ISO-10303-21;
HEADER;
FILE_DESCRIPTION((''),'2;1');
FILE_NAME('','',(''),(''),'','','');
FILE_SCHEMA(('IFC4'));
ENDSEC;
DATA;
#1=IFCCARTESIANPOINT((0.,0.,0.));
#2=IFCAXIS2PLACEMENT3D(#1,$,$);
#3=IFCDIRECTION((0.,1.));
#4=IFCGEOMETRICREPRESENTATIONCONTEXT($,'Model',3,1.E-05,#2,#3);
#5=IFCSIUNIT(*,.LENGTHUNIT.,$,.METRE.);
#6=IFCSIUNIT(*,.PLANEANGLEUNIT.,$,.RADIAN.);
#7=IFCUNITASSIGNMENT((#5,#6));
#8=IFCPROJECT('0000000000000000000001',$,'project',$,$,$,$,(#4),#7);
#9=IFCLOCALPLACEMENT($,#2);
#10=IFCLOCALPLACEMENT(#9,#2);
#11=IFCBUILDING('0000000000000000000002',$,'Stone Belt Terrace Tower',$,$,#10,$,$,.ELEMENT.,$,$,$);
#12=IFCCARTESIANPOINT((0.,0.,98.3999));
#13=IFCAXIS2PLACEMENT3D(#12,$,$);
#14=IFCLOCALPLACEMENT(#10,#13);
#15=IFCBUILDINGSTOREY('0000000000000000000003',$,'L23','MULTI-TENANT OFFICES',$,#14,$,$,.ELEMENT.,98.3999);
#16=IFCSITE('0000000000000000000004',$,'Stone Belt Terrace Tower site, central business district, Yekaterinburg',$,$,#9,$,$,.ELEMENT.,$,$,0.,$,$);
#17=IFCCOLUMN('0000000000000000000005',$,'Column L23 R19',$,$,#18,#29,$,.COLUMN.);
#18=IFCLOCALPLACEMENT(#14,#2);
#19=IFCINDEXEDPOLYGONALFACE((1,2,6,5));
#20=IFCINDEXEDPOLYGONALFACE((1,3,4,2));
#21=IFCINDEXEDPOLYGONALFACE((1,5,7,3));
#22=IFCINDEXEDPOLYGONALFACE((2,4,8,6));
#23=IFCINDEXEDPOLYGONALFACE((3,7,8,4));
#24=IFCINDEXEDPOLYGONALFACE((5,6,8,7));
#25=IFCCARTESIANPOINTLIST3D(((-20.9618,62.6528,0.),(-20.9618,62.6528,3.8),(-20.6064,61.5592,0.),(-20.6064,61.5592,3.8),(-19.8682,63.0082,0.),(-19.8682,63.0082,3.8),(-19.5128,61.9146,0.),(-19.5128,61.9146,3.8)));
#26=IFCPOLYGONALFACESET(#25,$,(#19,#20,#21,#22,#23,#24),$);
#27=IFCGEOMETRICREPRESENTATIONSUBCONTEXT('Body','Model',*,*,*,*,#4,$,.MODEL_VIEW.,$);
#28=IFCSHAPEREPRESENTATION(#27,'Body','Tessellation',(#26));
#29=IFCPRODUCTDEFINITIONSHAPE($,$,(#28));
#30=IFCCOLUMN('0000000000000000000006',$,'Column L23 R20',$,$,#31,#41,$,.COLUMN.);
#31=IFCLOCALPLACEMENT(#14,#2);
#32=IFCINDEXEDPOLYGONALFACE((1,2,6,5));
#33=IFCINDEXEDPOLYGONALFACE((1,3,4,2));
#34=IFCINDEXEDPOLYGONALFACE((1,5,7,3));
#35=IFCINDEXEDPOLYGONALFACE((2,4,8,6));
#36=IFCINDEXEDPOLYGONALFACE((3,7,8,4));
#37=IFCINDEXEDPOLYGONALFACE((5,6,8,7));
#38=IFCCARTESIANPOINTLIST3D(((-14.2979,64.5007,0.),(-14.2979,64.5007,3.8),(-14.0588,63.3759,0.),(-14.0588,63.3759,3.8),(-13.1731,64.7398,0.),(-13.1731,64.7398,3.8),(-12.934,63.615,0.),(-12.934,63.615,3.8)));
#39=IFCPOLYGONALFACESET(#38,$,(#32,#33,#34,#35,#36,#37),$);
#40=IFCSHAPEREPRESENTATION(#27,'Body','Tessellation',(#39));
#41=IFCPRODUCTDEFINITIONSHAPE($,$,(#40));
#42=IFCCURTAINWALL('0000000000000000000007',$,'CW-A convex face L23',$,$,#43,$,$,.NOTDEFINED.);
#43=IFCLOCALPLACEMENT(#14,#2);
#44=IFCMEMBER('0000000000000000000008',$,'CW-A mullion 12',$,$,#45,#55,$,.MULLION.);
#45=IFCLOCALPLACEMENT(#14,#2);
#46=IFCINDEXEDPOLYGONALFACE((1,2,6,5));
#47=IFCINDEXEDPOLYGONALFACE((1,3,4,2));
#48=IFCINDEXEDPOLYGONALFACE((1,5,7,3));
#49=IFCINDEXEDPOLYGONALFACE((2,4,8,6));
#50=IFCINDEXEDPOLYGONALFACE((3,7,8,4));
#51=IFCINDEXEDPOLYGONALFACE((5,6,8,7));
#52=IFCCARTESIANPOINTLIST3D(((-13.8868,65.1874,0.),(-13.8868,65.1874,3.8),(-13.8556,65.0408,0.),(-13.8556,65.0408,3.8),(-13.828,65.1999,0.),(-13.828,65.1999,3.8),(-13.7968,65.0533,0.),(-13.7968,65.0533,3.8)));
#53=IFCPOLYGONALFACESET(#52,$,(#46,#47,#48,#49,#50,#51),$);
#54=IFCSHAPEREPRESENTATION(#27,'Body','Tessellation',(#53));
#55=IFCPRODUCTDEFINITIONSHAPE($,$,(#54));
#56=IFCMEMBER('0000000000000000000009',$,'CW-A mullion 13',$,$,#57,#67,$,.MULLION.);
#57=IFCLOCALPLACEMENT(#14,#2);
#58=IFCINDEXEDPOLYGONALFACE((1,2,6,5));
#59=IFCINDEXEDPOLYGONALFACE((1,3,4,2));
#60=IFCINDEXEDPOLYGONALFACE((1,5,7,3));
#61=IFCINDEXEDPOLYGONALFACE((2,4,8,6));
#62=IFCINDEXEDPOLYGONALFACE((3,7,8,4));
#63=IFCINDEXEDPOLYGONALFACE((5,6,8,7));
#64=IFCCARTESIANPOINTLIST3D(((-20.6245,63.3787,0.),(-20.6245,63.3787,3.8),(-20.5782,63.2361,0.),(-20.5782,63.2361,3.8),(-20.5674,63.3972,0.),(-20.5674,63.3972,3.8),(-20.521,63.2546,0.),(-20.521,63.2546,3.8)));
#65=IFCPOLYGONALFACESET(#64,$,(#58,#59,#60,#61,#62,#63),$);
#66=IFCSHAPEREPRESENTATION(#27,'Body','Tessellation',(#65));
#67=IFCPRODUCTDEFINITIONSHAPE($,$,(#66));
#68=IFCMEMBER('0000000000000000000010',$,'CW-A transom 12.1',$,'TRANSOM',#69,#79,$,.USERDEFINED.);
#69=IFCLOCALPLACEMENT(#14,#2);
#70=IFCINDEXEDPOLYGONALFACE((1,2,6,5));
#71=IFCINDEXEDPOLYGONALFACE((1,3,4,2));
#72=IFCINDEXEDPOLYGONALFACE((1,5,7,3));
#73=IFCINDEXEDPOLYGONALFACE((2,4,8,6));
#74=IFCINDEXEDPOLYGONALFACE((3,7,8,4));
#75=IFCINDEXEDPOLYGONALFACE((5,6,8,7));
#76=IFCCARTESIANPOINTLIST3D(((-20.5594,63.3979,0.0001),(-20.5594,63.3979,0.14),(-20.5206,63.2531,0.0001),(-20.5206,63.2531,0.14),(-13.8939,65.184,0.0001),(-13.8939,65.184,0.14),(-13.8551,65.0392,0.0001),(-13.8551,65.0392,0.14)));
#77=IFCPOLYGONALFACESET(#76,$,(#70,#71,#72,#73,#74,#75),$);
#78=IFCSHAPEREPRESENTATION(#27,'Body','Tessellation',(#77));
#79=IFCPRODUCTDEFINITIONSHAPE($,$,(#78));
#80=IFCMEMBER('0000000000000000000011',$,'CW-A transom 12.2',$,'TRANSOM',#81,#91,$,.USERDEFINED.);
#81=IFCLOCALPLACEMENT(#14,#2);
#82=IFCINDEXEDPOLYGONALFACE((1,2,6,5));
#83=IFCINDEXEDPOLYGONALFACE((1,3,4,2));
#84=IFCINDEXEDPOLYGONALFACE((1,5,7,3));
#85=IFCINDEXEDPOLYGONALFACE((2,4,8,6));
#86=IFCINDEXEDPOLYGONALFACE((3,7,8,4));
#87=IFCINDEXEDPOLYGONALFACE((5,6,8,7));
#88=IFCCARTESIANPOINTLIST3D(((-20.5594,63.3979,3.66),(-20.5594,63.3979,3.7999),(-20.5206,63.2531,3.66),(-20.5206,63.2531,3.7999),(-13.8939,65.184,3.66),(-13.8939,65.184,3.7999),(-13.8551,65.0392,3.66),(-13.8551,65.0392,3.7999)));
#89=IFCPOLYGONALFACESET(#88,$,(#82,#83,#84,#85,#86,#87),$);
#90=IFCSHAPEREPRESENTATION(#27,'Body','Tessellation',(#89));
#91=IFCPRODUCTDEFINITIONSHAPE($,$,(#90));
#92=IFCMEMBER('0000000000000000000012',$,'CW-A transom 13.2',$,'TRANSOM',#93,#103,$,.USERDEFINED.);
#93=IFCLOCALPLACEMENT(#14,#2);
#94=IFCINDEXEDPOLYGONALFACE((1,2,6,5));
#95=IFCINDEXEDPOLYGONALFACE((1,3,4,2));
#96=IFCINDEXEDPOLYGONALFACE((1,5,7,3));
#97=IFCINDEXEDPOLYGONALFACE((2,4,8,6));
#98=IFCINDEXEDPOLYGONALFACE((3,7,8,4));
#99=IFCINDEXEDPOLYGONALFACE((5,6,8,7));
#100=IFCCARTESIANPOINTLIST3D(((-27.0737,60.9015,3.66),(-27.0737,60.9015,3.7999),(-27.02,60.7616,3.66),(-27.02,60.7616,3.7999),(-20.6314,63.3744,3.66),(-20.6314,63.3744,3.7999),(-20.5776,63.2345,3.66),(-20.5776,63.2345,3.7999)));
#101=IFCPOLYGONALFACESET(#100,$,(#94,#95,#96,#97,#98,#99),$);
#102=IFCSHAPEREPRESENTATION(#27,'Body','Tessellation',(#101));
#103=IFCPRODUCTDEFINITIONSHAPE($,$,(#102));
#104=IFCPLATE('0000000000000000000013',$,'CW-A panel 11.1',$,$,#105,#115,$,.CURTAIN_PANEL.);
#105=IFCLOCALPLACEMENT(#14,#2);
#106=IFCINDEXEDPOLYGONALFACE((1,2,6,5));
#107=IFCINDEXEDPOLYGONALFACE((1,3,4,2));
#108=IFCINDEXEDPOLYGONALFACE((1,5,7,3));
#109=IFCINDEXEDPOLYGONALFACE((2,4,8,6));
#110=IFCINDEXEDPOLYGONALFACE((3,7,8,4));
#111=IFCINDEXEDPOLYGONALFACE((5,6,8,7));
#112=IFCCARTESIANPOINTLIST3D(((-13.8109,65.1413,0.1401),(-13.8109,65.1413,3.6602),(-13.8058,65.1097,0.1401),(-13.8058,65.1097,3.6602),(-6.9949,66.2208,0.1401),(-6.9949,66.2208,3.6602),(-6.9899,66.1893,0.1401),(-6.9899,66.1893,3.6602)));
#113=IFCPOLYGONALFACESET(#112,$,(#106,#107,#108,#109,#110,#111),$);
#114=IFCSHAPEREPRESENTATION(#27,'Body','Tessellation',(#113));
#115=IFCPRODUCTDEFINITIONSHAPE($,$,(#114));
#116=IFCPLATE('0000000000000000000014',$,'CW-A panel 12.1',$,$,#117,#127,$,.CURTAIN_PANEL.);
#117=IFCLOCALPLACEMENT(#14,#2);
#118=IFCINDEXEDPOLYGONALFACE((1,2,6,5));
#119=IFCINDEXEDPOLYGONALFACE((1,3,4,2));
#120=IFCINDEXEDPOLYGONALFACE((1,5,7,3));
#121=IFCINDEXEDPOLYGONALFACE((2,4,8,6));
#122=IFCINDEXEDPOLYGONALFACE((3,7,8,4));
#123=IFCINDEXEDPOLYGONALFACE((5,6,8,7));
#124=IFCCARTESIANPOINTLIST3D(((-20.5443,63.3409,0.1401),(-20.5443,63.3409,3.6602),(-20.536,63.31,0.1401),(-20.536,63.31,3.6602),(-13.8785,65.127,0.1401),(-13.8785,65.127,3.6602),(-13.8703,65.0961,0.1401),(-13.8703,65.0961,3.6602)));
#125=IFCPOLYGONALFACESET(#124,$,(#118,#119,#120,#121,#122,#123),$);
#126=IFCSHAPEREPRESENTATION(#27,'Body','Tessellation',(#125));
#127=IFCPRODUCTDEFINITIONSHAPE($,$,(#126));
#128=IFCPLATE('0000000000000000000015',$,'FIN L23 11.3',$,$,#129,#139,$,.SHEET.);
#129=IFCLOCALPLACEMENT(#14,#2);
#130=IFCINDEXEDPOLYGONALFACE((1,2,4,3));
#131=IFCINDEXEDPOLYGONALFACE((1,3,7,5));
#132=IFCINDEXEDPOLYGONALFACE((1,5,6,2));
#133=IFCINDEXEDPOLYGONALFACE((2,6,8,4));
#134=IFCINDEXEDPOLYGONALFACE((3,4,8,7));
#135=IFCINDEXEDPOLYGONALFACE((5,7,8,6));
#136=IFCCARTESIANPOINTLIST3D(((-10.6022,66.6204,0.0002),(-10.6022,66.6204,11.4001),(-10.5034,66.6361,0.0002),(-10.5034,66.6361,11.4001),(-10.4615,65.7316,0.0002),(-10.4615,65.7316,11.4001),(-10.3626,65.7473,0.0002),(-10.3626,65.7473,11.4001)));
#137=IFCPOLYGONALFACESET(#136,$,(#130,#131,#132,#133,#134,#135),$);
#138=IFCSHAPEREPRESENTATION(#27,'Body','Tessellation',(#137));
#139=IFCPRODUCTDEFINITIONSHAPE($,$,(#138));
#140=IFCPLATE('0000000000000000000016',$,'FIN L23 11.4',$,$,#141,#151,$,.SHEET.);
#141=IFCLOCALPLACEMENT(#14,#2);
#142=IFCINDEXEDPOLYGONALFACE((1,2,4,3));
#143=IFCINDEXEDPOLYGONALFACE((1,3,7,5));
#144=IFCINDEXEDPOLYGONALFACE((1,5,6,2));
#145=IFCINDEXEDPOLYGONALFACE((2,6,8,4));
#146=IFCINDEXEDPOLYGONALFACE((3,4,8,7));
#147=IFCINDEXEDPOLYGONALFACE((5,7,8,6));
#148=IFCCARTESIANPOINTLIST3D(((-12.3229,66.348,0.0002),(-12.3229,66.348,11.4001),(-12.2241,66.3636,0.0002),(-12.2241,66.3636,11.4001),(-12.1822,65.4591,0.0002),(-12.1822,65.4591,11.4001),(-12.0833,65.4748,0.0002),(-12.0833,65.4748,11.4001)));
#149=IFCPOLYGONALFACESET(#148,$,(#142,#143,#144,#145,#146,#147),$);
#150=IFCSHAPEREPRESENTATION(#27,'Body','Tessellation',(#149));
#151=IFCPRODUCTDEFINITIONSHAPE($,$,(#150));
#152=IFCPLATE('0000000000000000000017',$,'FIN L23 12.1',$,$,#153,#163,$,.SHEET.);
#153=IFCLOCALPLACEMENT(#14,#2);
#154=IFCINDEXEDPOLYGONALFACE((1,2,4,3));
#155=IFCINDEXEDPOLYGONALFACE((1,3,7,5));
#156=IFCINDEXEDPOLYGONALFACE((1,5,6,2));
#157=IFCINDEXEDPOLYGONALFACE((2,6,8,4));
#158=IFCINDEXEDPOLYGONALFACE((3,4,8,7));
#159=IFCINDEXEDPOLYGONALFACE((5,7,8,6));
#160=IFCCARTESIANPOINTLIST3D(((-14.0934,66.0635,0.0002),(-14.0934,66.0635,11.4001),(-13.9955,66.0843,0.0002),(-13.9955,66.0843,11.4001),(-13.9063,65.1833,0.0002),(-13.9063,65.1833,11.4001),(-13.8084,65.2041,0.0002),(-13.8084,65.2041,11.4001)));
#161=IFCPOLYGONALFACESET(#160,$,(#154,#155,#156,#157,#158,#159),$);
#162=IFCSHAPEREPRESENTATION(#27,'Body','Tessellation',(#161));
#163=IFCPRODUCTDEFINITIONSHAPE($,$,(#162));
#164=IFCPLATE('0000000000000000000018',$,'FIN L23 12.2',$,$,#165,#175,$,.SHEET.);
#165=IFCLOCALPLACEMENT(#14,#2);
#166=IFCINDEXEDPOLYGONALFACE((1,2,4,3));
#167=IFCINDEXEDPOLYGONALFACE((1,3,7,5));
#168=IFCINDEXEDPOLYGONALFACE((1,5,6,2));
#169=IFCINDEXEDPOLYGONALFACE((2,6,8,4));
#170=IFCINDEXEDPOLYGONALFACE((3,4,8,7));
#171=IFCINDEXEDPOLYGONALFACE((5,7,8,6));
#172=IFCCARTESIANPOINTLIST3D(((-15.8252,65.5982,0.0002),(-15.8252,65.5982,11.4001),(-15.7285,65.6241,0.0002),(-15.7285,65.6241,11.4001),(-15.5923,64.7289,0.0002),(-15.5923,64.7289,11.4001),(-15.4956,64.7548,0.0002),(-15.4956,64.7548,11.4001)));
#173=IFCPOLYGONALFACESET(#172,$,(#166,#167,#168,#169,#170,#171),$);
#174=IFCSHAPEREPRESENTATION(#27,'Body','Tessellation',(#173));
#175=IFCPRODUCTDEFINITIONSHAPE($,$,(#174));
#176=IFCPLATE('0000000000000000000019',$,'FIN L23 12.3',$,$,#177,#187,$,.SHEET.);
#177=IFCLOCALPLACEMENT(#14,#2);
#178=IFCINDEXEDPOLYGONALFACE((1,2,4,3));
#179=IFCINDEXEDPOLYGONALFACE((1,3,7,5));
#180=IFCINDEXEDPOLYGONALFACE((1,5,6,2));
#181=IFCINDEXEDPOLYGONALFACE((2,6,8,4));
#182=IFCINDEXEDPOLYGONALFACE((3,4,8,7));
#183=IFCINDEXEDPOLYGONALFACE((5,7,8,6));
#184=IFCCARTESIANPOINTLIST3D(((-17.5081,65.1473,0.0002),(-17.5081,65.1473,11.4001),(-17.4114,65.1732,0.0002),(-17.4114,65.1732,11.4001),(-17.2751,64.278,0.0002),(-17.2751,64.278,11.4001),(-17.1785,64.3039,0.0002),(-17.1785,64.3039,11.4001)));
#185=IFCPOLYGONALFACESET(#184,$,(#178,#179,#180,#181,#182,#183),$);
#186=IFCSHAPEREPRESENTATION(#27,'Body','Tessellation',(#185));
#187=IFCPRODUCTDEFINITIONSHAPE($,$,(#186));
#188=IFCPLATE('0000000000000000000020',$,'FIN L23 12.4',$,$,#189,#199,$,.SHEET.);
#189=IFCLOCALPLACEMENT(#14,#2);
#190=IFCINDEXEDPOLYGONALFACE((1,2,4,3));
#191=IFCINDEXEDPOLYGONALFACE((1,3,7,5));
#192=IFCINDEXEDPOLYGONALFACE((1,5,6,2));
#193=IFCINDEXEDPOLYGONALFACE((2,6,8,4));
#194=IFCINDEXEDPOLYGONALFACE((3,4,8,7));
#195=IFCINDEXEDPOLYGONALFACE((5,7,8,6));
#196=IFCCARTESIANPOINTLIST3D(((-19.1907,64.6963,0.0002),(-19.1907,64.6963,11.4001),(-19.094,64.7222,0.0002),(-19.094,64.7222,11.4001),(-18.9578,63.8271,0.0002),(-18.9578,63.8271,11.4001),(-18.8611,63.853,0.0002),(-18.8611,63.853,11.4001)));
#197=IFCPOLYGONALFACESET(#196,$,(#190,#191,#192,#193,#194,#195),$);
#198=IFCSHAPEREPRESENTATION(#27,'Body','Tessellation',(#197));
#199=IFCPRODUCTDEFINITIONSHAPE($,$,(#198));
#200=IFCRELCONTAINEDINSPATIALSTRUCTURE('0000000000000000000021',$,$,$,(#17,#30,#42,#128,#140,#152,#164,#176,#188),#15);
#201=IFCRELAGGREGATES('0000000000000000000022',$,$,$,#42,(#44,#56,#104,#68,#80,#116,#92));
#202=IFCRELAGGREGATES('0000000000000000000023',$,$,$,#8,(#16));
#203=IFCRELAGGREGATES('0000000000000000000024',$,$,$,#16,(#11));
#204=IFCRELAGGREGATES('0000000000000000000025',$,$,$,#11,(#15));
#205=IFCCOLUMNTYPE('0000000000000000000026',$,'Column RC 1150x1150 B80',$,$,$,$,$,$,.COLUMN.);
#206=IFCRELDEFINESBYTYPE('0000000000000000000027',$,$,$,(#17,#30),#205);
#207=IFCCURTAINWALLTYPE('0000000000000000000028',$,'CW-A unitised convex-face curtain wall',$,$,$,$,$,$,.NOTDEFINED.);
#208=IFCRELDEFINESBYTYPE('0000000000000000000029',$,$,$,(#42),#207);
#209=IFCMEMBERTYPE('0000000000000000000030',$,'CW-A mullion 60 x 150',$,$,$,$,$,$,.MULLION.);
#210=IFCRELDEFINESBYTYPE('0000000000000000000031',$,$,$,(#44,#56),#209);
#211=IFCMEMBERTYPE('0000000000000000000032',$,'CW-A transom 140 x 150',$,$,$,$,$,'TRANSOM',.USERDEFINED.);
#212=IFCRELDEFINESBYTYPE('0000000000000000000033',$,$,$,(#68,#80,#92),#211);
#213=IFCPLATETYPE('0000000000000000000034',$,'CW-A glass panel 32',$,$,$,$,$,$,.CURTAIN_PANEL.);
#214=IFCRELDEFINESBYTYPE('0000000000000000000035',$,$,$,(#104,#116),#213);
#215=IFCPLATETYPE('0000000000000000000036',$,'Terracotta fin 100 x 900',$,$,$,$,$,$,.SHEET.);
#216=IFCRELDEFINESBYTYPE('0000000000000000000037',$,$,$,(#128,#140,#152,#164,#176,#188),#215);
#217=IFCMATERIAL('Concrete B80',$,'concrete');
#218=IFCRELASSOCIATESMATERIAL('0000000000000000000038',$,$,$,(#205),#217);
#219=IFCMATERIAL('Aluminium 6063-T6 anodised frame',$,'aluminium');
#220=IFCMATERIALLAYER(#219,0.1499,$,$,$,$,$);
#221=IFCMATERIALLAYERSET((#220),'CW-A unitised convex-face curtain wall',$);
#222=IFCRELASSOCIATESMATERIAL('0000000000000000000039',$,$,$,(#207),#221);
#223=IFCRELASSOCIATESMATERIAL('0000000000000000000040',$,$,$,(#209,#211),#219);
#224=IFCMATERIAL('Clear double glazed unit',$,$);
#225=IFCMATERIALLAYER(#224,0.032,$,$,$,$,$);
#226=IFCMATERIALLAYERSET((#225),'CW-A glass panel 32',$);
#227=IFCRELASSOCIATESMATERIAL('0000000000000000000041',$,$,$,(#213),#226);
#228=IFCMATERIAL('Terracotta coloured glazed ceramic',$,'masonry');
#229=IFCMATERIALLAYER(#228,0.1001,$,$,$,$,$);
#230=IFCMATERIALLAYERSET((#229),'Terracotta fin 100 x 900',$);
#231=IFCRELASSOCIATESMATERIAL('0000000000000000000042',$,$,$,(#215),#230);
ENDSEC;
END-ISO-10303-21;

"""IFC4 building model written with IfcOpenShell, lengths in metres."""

from ifc_helpers import new_model, si_unit, direction, frame, origin, origin_2d, place, context, subcontext, project, spatial, rectangle, extrude, material, layer, layer_set, material_profile, profile_set, type_object, element, aggregate, save


model = new_model("IFC4")

# Units and contexts
model_context = context("Model", 3, precision=1e-05, world=origin(), true_north=direction((0.0, 1.0)))
body_context = subcontext(model_context, "Body", "Model", "MODEL_VIEW")
ifc_project = project(units=[si_unit("LENGTHUNIT", "METRE"), si_unit("PLANEANGLEUNIT", "RADIAN")], contexts=[model_context])

# Site, building, storey
site_placement = place(None, origin())
site = spatial("IfcSite", under=ifc_project, at=site_placement, Name="Stone Belt Terrace Tower site, central business district, Yekaterinburg", CompositionType="ELEMENT", RefElevation=0.0)
building_placement = place(site_placement, origin())
building = spatial("IfcBuilding", under=site, at=building_placement, Name="Stone Belt Terrace Tower", CompositionType="ELEMENT")
storey_placement = place(building_placement, frame((0.0, 0.0, 98.3999)))
storey = spatial("IfcBuildingStorey", under=building, at=storey_placement, Name="L23", Description="MULTI-TENANT OFFICES", CompositionType="ELEMENT", Elevation=98.3999)

# Columns
ifc_material_1 = material(Name="Concrete B80", Category="concrete")
ifc_material_profile_1 = material_profile(ifc_material_1, rectangle(XDim=1.1499, YDim=1.1499, at=origin_2d()), Name="RC 1150x1150")
ifc_profile_set_1 = profile_set([ifc_material_profile_1], Name="Concrete B80")
column_type = type_object("IfcColumnType", Name="Column RC 1150x1150 B80", PredefinedType="COLUMN", material=ifc_profile_set_1)
for number, where, z_axis, x_axis, name in (
    (1, (-20.2373, 62.2837, 0.0), (0.0, 0.0, 1.0), (0.951057, 0.309017, 0.0), "Column L23 R19"),
    (2, (-13.616, 64.0579, 0.0), (0.0, 0.0, 1.0), (0.978148, 0.207912, 0.0), "Column L23 R20"),
):
    element("IfcColumn", number, at=place(storey_placement, frame(where, z_axis=z_axis, x_axis=x_axis)), inside=storey, type_object=column_type, Name=name, PredefinedType="COLUMN", context=body_context, shape_type="SweptSolid", body=[
        extrude(rectangle(XDim=1.1499, YDim=1.1499, at=origin_2d()), origin(), (0.0, 0.0, 1.0), 3.8),
    ])

# Curtain wall, members, plates
ifc_material_2 = material(Name="Aluminium 6063-T6 anodised frame", Category="aluminium")
ifc_layer_1 = layer(ifc_material_2, 0.1499)
ifc_layer_set_1 = layer_set([ifc_layer_1], Name="CW-A unitised convex-face curtain wall")
curtain_wall_type = type_object("IfcCurtainWallType", Name="CW-A unitised convex-face curtain wall", PredefinedType="NOTDEFINED", material=ifc_layer_set_1)
curtain_wall_placement = place(storey_placement, origin())
curtain_wall = element("IfcCurtainWall", 3, at=curtain_wall_placement, inside=storey, type_object=curtain_wall_type, Name="CW-A convex face L23", PredefinedType="NOTDEFINED")
ifc_material_profile_2 = material_profile(ifc_material_2, rectangle(XDim=0.1499, YDim=0.0601, at=origin_2d()), Name="Aluminium 6063-T6 60x150")
ifc_profile_set_2 = profile_set([ifc_material_profile_2], Name="Aluminium 6063-T6 anodised frame")
member_type_1 = type_object("IfcMemberType", Name="CW-A mullion 60 x 150", PredefinedType="MULLION", material=ifc_profile_set_2)
member_1_placement = place(storey_placement, frame((-13.8418, 65.1204, 0.0), z_axis=(0.0, 0.0, 1.0), x_axis=(0.207912, -0.978148, 0.0)))
member_1 = element("IfcMember", 4, at=member_1_placement, type_object=member_type_1, Name="CW-A mullion 12", PredefinedType="MULLION", context=body_context, shape_type="SweptSolid", body=[
    extrude(rectangle(XDim=0.1499, YDim=0.0601, at=origin_2d()), origin(), (0.0, 0.0, 1.0), 3.8),
])
member_2_placement = place(storey_placement, frame((-20.5728, 63.3167, 0.0), z_axis=(0.0, 0.0, 1.0), x_axis=(0.309017, -0.951057, 0.0)))
member_2 = element("IfcMember", 5, at=member_2_placement, type_object=member_type_1, Name="CW-A mullion 13", PredefinedType="MULLION", context=body_context, shape_type="SweptSolid", body=[
    extrude(rectangle(XDim=0.1499, YDim=0.0601, at=origin_2d()), origin(), (0.0, 0.0, 1.0), 3.8),
])
ifc_material_profile_3 = material_profile(ifc_material_2, rectangle(XDim=0.1499, YDim=0.1399, at=origin_2d()), Name="Aluminium 6063-T6 150x140")
ifc_profile_set_3 = profile_set([ifc_material_profile_3], Name="Aluminium 6063-T6 anodised frame")
member_type_2 = type_object("IfcMemberType", Name="CW-A transom 140 x 150", ElementType="TRANSOM", PredefinedType="USERDEFINED", material=ifc_profile_set_3)
member_3_placement = place(storey_placement, frame((-13.8745, 65.1116, 0.0701), z_axis=(-0.965922, -0.258834, 0.0), x_axis=(0.258834, -0.965922, 0.0)))
member_3 = element("IfcMember", 6, at=member_3_placement, type_object=member_type_2, Name="CW-A transom 12.1", ObjectType="TRANSOM", PredefinedType="USERDEFINED", context=body_context, shape_type="SweptSolid", body=[
    extrude(rectangle(XDim=0.1499, YDim=0.1399, at=origin_2d()), origin(), (0.0, 0.0, 1.0), 6.9006),
])
member_4_placement = place(storey_placement, frame((-13.8745, 65.1116, 3.73), z_axis=(-0.965922, -0.258834, 0.0), x_axis=(0.258834, -0.965922, 0.0)))
member_4 = element("IfcMember", 7, at=member_4_placement, type_object=member_type_2, Name="CW-A transom 12.2", ObjectType="TRANSOM", PredefinedType="USERDEFINED", context=body_context, shape_type="SweptSolid", body=[
    extrude(rectangle(XDim=0.1499, YDim=0.1399, at=origin_2d()), origin(), (0.0, 0.0, 1.0), 6.9006),
])
member_5_placement = place(storey_placement, frame((-20.6045, 63.3044, 3.73), z_axis=(-0.933585, -0.358355, 0.0), x_axis=(0.358355, -0.933585, 0.0)))
member_5 = element("IfcMember", 8, at=member_5_placement, type_object=member_type_2, Name="CW-A transom 13.2", ObjectType="TRANSOM", PredefinedType="USERDEFINED", context=body_context, shape_type="SweptSolid", body=[
    extrude(rectangle(XDim=0.1499, YDim=0.1399, at=origin_2d()), origin(), (0.0, 0.0, 1.0), 6.9006),
])
ifc_material_3 = material(Name="Clear double glazed unit")
ifc_layer_2 = layer(ifc_material_3, 0.032)
ifc_layer_set_2 = layer_set([ifc_layer_2], Name="CW-A glass panel 32")
plate_type_1 = type_object("IfcPlateType", Name="CW-A glass panel 32", PredefinedType="CURTAIN_PANEL", material=ifc_layer_set_2)
plate_1_placement = place(storey_placement, frame((-10.4004, 65.6653, 0.1401), z_axis=(0.0, 0.0, 1.0), x_axis=(-0.987688, -0.156434, 0.0)))
plate_1 = element("IfcPlate", 9, at=plate_1_placement, type_object=plate_type_1, Name="CW-A panel 11.1", PredefinedType="CURTAIN_PANEL", context=body_context, shape_type="SweptSolid", body=[
    extrude(rectangle(XDim=6.9009, YDim=0.032, at=origin_2d()), origin(), (0.0, 0.0, 1.0), 3.52),
])
plate_2_placement = place(storey_placement, frame((-17.2073, 64.2185, 0.1401), z_axis=(0.0, 0.0, 1.0), x_axis=(-0.965926, -0.258819, 0.0)))
plate_2 = element("IfcPlate", 10, at=plate_2_placement, type_object=plate_type_1, Name="CW-A panel 12.1", PredefinedType="CURTAIN_PANEL", context=body_context, shape_type="SweptSolid", body=[
    extrude(rectangle(XDim=6.9009, YDim=0.032, at=origin_2d()), origin(), (0.0, 0.0, 1.0), 3.52),
])
aggregate(curtain_wall, [member_1, member_2, plate_1, member_3, member_4, plate_2, member_5])

# Plates
ifc_material_4 = material(Name="Terracotta coloured glazed ceramic", Category="masonry")
ifc_layer_3 = layer(ifc_material_4, 0.1001)
ifc_layer_set_3 = layer_set([ifc_layer_3], Name="Terracotta fin 100 x 900")
plate_type_2 = type_object("IfcPlateType", Name="Terracotta fin 100 x 900", PredefinedType="SHEET", material=ifc_layer_set_3)
for number, where, z_axis, x_axis, name in (
    (11, (-10.4824, 66.1838, 0.0002), (0.0, 0.0, 1.0), (-0.156434, 0.987688, 0.0), "FIN L23 11.3"),
    (12, (-12.2031, 65.9114, 0.0002), (0.0, 0.0, 1.0), (-0.156434, 0.987688, 0.0), "FIN L23 11.4"),
    (13, (-13.9509, 65.6338, 0.0002), (0.0, 0.0, 1.0), (-0.207912, 0.978148, 0.0), "FIN L23 12.1"),
    (14, (-15.6604, 65.1765, 0.0002), (0.0, 0.0, 1.0), (-0.258819, 0.965926, 0.0), "FIN L23 12.2"),
    (15, (-17.3433, 64.7256, 0.0002), (0.0, 0.0, 1.0), (-0.258819, 0.965926, 0.0), "FIN L23 12.3"),
    (16, (-19.0259, 64.2747, 0.0002), (0.0, 0.0, 1.0), (-0.258819, 0.965926, 0.0), "FIN L23 12.4"),
):
    element("IfcPlate", number, at=place(storey_placement, frame(where, z_axis=z_axis, x_axis=x_axis)), inside=storey, type_object=plate_type_2, Name=name, PredefinedType="SHEET", context=body_context, shape_type="SweptSolid", body=[
        extrude(rectangle(XDim=0.8999, YDim=0.1001, at=origin_2d()), origin(), (0.0, 0.0, 1.0), 11.3999),
    ])

save(model, "model.ifc")
